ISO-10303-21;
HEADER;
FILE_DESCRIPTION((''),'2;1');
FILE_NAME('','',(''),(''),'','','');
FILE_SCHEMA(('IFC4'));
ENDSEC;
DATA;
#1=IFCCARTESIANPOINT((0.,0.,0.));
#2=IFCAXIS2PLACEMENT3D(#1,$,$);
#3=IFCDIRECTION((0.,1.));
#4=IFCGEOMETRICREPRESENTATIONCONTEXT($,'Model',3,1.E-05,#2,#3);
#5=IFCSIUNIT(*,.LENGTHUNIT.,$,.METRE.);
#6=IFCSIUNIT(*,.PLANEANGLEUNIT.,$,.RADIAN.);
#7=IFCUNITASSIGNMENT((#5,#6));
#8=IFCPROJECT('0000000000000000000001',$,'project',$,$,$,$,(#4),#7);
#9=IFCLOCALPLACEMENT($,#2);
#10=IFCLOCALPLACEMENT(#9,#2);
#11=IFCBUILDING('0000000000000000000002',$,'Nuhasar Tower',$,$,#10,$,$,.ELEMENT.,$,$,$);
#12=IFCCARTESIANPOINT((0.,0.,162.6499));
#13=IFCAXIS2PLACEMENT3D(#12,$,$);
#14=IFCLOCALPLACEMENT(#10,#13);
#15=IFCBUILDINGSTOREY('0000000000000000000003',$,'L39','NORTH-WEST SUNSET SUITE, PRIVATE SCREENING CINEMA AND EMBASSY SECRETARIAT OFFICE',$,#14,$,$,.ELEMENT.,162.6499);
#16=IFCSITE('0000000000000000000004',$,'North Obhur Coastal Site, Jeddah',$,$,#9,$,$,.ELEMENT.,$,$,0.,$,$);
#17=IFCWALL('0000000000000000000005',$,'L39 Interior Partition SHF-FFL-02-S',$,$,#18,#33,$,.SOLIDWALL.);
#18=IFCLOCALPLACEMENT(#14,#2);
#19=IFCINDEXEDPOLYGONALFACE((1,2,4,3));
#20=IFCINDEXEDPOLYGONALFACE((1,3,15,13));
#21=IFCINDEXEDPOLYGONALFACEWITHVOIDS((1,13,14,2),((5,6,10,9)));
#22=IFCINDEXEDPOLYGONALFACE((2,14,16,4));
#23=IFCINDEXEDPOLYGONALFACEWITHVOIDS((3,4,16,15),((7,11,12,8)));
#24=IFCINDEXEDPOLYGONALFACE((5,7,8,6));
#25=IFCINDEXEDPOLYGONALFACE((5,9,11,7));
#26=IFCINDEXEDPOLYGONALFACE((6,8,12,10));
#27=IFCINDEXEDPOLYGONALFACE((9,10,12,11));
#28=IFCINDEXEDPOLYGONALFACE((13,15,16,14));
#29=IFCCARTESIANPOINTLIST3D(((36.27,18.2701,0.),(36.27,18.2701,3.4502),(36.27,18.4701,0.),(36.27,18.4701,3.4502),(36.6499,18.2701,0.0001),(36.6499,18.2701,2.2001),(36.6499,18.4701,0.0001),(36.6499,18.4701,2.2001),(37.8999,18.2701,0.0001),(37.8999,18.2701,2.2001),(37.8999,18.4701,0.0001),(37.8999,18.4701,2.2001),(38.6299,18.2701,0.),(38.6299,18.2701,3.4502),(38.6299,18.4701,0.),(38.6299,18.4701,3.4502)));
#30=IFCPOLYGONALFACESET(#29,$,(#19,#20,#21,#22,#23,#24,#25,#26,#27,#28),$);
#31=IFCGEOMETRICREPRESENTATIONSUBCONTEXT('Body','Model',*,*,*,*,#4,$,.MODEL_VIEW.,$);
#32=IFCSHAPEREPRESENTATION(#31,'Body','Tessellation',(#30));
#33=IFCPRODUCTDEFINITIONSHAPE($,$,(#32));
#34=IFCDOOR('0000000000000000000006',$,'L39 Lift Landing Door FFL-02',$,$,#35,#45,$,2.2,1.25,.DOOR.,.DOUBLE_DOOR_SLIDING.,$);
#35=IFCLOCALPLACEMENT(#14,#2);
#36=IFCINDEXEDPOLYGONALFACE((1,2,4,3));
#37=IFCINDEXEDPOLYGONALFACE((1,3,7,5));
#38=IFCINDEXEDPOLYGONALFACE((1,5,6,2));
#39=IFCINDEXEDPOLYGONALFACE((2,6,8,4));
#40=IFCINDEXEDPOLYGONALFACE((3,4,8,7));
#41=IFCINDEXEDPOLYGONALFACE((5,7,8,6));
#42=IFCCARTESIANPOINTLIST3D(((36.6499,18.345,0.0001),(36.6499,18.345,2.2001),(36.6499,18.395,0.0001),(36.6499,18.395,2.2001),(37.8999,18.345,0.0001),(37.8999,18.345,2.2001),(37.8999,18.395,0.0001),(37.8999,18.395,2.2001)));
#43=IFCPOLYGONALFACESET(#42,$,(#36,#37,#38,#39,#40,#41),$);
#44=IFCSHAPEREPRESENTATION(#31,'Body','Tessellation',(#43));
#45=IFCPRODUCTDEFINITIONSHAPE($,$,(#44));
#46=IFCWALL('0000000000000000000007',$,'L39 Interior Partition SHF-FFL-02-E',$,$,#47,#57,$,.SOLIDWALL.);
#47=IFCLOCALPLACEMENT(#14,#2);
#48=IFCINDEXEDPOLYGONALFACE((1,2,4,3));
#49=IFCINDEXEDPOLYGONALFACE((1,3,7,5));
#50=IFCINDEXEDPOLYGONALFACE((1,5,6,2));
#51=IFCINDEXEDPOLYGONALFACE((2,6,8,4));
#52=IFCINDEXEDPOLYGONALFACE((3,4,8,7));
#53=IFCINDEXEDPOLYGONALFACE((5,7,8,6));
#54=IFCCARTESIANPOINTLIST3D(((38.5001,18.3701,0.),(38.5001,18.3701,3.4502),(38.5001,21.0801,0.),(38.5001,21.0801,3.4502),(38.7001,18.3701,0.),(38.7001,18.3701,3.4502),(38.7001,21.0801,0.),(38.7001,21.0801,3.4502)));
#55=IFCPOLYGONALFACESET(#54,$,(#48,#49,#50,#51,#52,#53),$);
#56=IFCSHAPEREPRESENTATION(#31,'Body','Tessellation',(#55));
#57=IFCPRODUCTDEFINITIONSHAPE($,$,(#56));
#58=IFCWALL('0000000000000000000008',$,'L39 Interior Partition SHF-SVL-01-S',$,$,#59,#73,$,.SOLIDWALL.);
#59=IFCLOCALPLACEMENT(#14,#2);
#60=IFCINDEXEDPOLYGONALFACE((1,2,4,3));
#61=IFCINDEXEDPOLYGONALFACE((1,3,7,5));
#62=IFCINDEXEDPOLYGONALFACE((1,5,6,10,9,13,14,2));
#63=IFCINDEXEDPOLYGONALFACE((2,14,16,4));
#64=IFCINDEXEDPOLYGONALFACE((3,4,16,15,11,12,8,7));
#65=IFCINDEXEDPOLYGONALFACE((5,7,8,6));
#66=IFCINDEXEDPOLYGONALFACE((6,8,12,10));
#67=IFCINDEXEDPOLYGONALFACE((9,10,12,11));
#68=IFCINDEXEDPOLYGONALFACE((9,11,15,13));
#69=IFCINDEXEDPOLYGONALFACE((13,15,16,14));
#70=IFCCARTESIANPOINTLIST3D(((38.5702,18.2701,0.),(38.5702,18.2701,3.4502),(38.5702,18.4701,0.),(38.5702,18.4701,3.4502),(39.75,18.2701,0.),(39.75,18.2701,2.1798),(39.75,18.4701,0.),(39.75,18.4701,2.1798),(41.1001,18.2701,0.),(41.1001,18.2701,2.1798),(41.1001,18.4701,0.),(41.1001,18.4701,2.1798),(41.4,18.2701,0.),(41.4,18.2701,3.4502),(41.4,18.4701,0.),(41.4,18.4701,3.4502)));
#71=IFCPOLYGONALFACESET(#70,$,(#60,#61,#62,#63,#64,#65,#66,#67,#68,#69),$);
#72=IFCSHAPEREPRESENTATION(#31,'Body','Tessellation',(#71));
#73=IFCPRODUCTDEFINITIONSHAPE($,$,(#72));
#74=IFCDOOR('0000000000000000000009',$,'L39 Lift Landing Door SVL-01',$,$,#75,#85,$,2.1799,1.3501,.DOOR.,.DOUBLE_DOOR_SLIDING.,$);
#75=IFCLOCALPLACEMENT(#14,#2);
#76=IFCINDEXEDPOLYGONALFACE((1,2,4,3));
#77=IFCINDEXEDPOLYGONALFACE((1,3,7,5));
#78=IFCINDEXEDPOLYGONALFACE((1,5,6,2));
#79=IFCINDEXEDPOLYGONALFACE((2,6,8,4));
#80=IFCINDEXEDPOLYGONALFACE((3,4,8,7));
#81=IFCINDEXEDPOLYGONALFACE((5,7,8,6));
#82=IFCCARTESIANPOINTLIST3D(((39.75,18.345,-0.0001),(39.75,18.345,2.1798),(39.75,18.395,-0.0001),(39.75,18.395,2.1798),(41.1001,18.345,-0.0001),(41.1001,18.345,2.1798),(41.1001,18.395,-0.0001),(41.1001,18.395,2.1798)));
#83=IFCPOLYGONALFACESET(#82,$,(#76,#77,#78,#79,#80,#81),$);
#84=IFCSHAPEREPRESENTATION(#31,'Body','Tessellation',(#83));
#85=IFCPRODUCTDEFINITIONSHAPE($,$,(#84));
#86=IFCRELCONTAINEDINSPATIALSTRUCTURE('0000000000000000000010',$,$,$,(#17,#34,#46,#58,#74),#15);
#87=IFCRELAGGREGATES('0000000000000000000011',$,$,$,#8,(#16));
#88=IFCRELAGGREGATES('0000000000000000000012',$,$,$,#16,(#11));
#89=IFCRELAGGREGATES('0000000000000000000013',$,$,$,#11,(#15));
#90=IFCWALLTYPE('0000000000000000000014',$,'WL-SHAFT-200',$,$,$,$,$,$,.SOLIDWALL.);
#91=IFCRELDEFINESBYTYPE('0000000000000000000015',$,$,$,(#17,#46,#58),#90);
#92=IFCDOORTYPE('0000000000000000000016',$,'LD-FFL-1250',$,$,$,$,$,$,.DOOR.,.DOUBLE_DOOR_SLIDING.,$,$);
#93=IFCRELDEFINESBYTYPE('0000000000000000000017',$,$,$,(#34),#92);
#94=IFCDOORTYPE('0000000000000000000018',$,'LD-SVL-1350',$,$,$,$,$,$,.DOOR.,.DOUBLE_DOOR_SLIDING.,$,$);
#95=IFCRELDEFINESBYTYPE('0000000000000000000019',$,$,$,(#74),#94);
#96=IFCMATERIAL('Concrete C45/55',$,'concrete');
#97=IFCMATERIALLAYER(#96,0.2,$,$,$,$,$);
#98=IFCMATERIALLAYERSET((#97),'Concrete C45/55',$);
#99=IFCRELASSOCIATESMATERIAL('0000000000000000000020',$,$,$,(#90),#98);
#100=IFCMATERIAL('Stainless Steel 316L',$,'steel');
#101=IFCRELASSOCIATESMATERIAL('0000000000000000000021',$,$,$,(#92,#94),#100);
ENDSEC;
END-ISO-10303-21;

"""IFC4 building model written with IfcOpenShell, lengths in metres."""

from ifc_helpers import new_model, si_unit, direction, frame, frame_2d, origin, place, context, subcontext, project, spatial, rectangle, extrude, material, layer, layer_set, type_object, element, fill, save


model = new_model("IFC4")

# Units and contexts
model_context = context("Model", 3, precision=1e-05, world=origin(), true_north=direction((0.0, 1.0)))
body_context = subcontext(model_context, "Body", "Model", "MODEL_VIEW")
ifc_project = project(units=[si_unit("LENGTHUNIT", "METRE"), si_unit("PLANEANGLEUNIT", "RADIAN")], contexts=[model_context])

# Site, building, storey
site_placement = place(None, origin())
site = spatial("IfcSite", under=ifc_project, at=site_placement, Name="North Obhur Coastal Site, Jeddah", CompositionType="ELEMENT", RefElevation=0.0)
building_placement = place(site_placement, origin())
building = spatial("IfcBuilding", under=site, at=building_placement, Name="Nuhasar Tower", CompositionType="ELEMENT")
storey_placement = place(building_placement, frame((0.0, 0.0, 162.6499)))
storey = spatial("IfcBuildingStorey", under=building, at=storey_placement, Name="L39", Description="NORTH-WEST SUNSET SUITE, PRIVATE SCREENING CINEMA AND EMBASSY SECRETARIAT OFFICE", CompositionType="ELEMENT", Elevation=162.6499)

# Shared definitions
ifc_material_1 = material(Name="Concrete C45/55", Category="concrete")

# Shared definitions
ifc_layer_1 = layer(ifc_material_1, 0.2)
ifc_layer_set_1 = layer_set([ifc_layer_1], Name="Concrete C45/55")
wall_type_1 = type_object("IfcWallType", Name="WL-SHAFT-200", PredefinedType="SOLIDWALL", material=ifc_layer_set_1)

# Shared definitions
ifc_material_2 = material(Name="Stainless Steel 316L", Category="steel")
door_type_1 = type_object("IfcDoorType", Name="LD-FFL-1250", OperationType="DOUBLE_DOOR_SLIDING", PredefinedType="DOOR", material=ifc_material_2)

# Wall, opening, door
wall_1_placement = place(storey_placement, frame((36.27, 18.3701, 0.0), z_axis=(0.0, 0.0, 1.0), x_axis=(1.0, 0.0, 0.0)))
wall_1 = element("IfcWall", 1, at=wall_1_placement, inside=storey, type_object=wall_type_1, Name="L39 Interior Partition SHF-FFL-02-S", PredefinedType="SOLIDWALL", context=body_context, shape_type="SweptSolid", body=[
    extrude(rectangle(XDim=2.3599, YDim=0.2, at=frame_2d((1.1799, 0.0))), origin(), (0.0, 0.0, 1.0), 3.4502),
])
opening_1_placement = place(wall_1_placement, frame((0.3799, 0.0, 0.0)))
opening_1 = element("IfcOpeningElement", 2, at=opening_1_placement, cuts=wall_1, PredefinedType="OPENING", context=body_context, shape_type="SweptSolid", body=[
    extrude(rectangle(XDim=1.25, YDim=2.2, at=frame_2d((0.625, 1.1001))), frame((0.0, 0.1099, 0.0), z_axis=(0.0, -1.0, 0.0), x_axis=(1.0, 0.0, 0.0)), (0.0, 0.0, 1.0), 0.22),
])
door_1_placement = place(opening_1_placement, origin())
door_1 = element("IfcDoor", 3, at=door_1_placement, inside=storey, type_object=door_type_1, Name="L39 Lift Landing Door FFL-02", OperationType="DOUBLE_DOOR_SLIDING", OverallHeight=2.2, OverallWidth=1.25, PredefinedType="DOOR", context=body_context, shape_type="SweptSolid", body=[
    extrude(rectangle(XDim=1.25, YDim=2.2, at=frame_2d((0.625, 1.1001))), frame((0.0, 0.0249, 0.0), z_axis=(0.0, -1.0, 0.0), x_axis=(1.0, 0.0, 0.0)), (0.0, 0.0, 1.0), 0.05),
])
fill(opening_1, door_1)

# Wall
wall_2_placement = place(storey_placement, frame((38.6001, 18.3701, 0.0), z_axis=(0.0, 0.0, 1.0), x_axis=(0.0, 1.0, 0.0)))
element("IfcWall", 4, at=wall_2_placement, inside=storey, type_object=wall_type_1, Name="L39 Interior Partition SHF-FFL-02-E", PredefinedType="SOLIDWALL", context=body_context, shape_type="SweptSolid", body=[
    extrude(rectangle(XDim=2.71, YDim=0.2, at=frame_2d((1.355, 0.0))), origin(), (0.0, 0.0, 1.0), 3.4502),
])

# Wall, opening, door
wall_3_placement = place(storey_placement, frame((38.5701, 18.3701, 0.0), z_axis=(0.0, 0.0, 1.0), x_axis=(1.0, 0.0, 0.0)))
wall_3 = element("IfcWall", 5, at=wall_3_placement, inside=storey, type_object=wall_type_1, Name="L39 Interior Partition SHF-SVL-01-S", PredefinedType="SOLIDWALL", context=body_context, shape_type="SweptSolid", body=[
    extrude(rectangle(XDim=2.8298, YDim=0.2, at=frame_2d((1.415, 0.0))), origin(), (0.0, 0.0, 1.0), 3.4502),
])
opening_2_placement = place(wall_3_placement, frame((1.1799, 0.0, 0.0)))
opening_2 = element("IfcOpeningElement", 6, at=opening_2_placement, cuts=wall_3, PredefinedType="OPENING", context=body_context, shape_type="SweptSolid", body=[
    extrude(rectangle(XDim=1.3501, YDim=2.1799, at=frame_2d((0.675, 1.0898))), frame((0.0, 0.1099, 0.0), z_axis=(0.0, -1.0, 0.0), x_axis=(1.0, 0.0, 0.0)), (0.0, 0.0, 1.0), 0.22),
])
door_type_2 = type_object("IfcDoorType", Name="LD-SVL-1350", OperationType="DOUBLE_DOOR_SLIDING", PredefinedType="DOOR", material=ifc_material_2)
door_2_placement = place(opening_2_placement, origin())
door_2 = element("IfcDoor", 7, at=door_2_placement, inside=storey, type_object=door_type_2, Name="L39 Lift Landing Door SVL-01", OperationType="DOUBLE_DOOR_SLIDING", OverallHeight=2.1799, OverallWidth=1.3501, PredefinedType="DOOR", context=body_context, shape_type="SweptSolid", body=[
    extrude(rectangle(XDim=1.3501, YDim=2.1799, at=frame_2d((0.675, 1.0898))), frame((0.0, 0.0249, 0.0), z_axis=(0.0, -1.0, 0.0), x_axis=(1.0, 0.0, 0.0)), (0.0, 0.0, 1.0), 0.05),
])
fill(opening_2, door_2)

save(model, "model.ifc")
